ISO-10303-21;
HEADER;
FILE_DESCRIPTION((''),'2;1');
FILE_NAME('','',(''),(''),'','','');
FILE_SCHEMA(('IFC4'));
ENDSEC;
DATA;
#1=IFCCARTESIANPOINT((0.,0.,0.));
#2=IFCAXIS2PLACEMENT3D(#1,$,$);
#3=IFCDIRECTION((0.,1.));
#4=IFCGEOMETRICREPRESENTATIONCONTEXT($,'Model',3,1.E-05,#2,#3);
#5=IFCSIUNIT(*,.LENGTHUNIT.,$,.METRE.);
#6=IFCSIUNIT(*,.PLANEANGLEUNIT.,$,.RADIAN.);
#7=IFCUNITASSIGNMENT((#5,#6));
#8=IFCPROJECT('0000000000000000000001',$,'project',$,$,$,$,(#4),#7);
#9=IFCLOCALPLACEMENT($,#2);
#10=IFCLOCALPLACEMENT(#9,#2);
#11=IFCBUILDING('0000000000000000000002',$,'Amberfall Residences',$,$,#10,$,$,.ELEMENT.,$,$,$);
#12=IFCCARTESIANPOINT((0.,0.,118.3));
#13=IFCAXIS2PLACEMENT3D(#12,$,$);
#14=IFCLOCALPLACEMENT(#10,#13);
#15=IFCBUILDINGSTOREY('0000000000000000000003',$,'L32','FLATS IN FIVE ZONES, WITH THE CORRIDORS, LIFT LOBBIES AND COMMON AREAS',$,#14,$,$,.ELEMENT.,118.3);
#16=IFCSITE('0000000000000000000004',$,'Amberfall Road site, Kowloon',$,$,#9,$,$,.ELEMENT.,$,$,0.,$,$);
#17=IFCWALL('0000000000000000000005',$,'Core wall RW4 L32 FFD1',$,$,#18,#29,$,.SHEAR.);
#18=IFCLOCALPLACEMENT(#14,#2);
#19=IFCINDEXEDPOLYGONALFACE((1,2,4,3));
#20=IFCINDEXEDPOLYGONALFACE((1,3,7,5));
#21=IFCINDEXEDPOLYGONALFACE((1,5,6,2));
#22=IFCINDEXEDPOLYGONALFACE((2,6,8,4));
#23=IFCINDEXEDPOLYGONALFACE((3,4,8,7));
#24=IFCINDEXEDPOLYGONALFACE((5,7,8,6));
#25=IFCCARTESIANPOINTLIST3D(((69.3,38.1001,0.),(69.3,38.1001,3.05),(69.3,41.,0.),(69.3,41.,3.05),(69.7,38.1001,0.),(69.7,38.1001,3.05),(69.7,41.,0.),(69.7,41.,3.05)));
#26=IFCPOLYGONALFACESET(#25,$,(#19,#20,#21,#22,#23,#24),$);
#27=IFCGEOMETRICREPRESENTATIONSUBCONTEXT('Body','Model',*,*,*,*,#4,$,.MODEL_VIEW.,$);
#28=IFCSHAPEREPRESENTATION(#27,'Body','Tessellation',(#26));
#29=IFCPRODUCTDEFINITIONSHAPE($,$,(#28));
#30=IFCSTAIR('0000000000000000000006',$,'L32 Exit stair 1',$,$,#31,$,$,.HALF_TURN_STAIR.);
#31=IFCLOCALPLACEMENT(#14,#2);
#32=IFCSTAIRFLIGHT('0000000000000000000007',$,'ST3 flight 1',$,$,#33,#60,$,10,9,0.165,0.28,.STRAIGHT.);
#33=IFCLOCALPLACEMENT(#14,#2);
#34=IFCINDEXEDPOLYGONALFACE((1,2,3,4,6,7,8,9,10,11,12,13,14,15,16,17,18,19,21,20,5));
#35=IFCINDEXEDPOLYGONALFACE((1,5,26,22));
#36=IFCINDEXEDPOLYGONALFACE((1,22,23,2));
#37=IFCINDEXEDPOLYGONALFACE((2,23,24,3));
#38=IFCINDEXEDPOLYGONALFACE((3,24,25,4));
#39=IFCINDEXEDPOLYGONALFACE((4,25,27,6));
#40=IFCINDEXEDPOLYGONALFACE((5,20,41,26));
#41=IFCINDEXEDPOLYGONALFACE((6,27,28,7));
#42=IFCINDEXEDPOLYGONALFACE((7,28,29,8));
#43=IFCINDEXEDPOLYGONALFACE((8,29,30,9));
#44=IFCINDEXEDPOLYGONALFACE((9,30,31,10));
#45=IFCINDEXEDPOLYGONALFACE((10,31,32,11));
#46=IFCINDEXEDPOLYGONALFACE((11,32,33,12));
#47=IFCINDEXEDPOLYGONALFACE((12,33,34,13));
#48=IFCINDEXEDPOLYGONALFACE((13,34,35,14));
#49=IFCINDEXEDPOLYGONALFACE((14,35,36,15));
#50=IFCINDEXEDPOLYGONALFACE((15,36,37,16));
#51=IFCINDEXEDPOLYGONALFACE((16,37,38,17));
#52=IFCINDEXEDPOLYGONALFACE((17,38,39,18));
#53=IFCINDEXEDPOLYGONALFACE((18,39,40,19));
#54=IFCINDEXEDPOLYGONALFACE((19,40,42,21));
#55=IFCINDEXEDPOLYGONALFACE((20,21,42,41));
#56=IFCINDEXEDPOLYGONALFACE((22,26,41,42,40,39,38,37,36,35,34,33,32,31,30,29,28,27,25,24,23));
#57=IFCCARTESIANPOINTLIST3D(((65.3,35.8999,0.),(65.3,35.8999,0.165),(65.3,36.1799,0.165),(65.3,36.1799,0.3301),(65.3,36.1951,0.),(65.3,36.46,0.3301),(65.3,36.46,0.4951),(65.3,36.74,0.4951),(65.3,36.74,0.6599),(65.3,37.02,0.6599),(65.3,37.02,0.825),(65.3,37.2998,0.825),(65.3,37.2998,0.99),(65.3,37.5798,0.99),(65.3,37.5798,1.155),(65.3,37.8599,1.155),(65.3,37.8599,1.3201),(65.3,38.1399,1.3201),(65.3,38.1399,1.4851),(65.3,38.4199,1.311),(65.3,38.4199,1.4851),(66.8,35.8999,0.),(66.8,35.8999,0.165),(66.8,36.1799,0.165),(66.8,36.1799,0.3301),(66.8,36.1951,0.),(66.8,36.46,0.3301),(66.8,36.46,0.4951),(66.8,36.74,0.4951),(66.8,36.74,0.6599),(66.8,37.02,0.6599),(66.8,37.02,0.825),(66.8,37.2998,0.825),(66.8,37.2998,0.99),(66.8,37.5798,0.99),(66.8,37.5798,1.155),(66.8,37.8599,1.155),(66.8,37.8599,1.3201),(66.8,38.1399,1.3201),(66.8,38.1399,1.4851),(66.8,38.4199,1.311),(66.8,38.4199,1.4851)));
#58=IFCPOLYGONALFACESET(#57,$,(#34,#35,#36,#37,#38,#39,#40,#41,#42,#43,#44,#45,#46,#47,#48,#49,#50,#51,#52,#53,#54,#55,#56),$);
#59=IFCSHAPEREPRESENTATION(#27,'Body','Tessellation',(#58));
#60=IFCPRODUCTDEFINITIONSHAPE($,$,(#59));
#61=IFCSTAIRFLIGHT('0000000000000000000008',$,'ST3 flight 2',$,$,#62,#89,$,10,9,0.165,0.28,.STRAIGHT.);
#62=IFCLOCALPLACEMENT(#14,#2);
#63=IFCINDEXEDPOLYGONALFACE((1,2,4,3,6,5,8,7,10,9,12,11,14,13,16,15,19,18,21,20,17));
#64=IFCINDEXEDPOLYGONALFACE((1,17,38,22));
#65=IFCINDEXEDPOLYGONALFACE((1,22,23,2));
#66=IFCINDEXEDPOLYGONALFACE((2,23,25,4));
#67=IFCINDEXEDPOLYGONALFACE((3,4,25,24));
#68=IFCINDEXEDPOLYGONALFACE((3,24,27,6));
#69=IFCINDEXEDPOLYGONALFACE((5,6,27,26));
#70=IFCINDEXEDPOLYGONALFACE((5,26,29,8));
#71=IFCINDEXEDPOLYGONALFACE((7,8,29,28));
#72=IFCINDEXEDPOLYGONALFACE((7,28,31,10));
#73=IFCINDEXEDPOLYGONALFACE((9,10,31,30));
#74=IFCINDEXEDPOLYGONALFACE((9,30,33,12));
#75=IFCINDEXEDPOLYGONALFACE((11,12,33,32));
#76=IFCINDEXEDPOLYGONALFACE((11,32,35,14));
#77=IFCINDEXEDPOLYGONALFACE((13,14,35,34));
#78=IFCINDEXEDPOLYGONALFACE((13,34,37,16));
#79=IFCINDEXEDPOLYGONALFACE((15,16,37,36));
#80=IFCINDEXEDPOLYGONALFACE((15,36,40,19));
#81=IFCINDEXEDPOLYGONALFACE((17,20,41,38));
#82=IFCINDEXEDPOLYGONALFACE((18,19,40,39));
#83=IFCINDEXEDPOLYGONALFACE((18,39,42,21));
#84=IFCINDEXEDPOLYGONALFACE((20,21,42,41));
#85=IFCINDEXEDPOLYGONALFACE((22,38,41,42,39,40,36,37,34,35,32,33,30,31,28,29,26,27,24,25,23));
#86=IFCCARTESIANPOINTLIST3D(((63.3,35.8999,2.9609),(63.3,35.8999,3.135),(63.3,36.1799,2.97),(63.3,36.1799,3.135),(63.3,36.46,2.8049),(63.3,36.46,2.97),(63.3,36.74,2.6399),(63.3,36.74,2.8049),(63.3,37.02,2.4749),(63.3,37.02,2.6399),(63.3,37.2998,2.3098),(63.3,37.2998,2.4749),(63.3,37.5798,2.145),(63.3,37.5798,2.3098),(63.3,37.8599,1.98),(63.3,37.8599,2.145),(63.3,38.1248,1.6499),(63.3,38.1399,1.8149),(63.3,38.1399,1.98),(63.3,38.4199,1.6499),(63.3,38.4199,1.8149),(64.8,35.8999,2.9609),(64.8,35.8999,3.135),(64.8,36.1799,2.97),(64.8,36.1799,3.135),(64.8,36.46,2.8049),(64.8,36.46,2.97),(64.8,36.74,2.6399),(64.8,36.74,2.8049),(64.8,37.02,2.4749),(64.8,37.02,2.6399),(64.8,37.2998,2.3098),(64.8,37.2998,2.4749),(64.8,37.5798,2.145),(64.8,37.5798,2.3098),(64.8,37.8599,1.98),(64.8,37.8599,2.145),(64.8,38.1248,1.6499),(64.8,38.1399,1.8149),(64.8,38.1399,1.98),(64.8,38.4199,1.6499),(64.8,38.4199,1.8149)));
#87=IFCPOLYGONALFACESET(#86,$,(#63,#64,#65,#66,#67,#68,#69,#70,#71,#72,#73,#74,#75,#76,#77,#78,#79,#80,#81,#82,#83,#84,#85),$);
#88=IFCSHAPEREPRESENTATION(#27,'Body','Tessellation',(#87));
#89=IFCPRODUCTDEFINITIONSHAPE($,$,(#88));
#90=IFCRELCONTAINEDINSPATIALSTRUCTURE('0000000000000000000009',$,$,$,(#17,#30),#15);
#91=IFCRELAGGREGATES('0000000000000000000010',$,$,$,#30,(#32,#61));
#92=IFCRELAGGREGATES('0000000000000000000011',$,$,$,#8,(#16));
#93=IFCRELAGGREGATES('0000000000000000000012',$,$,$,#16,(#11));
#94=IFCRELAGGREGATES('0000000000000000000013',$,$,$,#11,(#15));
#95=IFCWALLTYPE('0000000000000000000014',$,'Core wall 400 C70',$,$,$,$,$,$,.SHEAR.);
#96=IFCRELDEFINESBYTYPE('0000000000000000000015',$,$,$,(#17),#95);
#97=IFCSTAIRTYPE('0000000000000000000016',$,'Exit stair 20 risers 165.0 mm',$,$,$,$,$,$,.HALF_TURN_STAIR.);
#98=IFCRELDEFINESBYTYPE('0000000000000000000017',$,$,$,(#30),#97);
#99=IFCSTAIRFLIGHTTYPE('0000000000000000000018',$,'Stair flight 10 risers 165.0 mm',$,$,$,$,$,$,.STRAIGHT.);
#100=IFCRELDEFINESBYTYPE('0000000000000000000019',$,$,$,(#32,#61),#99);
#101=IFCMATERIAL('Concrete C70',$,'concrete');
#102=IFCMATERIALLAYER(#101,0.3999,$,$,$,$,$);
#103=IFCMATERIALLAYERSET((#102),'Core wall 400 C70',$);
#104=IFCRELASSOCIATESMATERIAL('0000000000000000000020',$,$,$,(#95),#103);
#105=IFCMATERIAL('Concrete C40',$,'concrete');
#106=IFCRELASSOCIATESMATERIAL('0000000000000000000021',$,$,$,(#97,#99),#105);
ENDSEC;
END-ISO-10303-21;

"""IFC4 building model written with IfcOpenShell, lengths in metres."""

from ifc_helpers import new_model, si_unit, direction, frame, frame_2d, origin, place, context, subcontext, project, spatial, polyline, rectangle, outline, extrude, material, layer, layer_set, type_object, element, aggregate, save


model = new_model("IFC4")

# Units and contexts
model_context = context("Model", 3, precision=1e-05, world=origin(), true_north=direction((0.0, 1.0)))
body_context = subcontext(model_context, "Body", "Model", "MODEL_VIEW")
ifc_project = project(units=[si_unit("LENGTHUNIT", "METRE"), si_unit("PLANEANGLEUNIT", "RADIAN")], contexts=[model_context])

# Site, building, storey
site_placement = place(None, origin())
site = spatial("IfcSite", under=ifc_project, at=site_placement, Name="Amberfall Road site, Kowloon", CompositionType="ELEMENT", RefElevation=0.0)
building_placement = place(site_placement, origin())
building = spatial("IfcBuilding", under=site, at=building_placement, Name="Amberfall Residences", CompositionType="ELEMENT")
storey_placement = place(building_placement, frame((0.0, 0.0, 118.3)))
storey = spatial("IfcBuildingStorey", under=building, at=storey_placement, Name="L32", Description="FLATS IN FIVE ZONES, WITH THE CORRIDORS, LIFT LOBBIES AND COMMON AREAS", CompositionType="ELEMENT", Elevation=118.3)

# Shared definitions
ifc_material_1 = material(Name="Concrete C70", Category="concrete")
ifc_layer = layer(ifc_material_1, 0.3999)
ifc_layer_set = layer_set([ifc_layer], Name="Core wall 400 C70")
wall_type = type_object("IfcWallType", Name="Core wall 400 C70", PredefinedType="SHEAR", material=ifc_layer_set)

# Wall
wall_1_placement = place(storey_placement, frame((69.5, 38.1001, 0.0), z_axis=(0.0, 0.0, 1.0), x_axis=(0.0, 1.0, 0.0)))
element("IfcWall", 1, at=wall_1_placement, inside=storey, type_object=wall_type, Name="Core wall RW4 L32 FFD1", PredefinedType="SHEAR", context=body_context, shape_type="SweptSolid", body=[
    extrude(rectangle(XDim=2.8999, YDim=0.3999, at=frame_2d((1.45, 0.0))), origin(), (0.0, 0.0, 1.0), 3.05),
])

# Stair, stair flights
ifc_material_2 = material(Name="Concrete C40", Category="concrete")
stair_type = type_object("IfcStairType", Name="Exit stair 20 risers 165.0 mm", PredefinedType="HALF_TURN_STAIR", material=ifc_material_2)
stair_placement = place(storey_placement, origin())
stair = element("IfcStair", 2, at=stair_placement, inside=storey, type_object=stair_type, Name="L32 Exit stair 1", PredefinedType="HALF_TURN_STAIR")
stair_flight_type = type_object("IfcStairFlightType", Name="Stair flight 10 risers 165.0 mm", PredefinedType="STRAIGHT", material=ifc_material_2)
stair_flight_1_placement = place(storey_placement, frame((66.05, 35.8999, 0.0), z_axis=(0.0, 0.0, 1.0), x_axis=(0.0, 1.0, 0.0)))
stair_flight_1 = element("IfcStairFlight", 3, at=stair_flight_1_placement, type_object=stair_flight_type, Name="ST3 flight 1", NumberOfRisers=10, NumberOfTreads=9, PredefinedType="STRAIGHT", RiserHeight=0.165, TreadLength=0.28, context=body_context, shape_type="SweptSolid", body=[
    extrude(outline(polyline([(0.0, 0.0), (0.0, 0.165), (0.28, 0.165), (0.28, 0.3301), (0.5601, 0.3301), (0.5601, 0.4951), (0.8401, 0.4951), (0.8401, 0.6599), (1.1201, 0.6599), (1.1201, 0.825), (1.3999, 0.825), (1.3999, 0.99), (1.6799, 0.99), (1.6799, 1.155), (1.96, 1.155), (1.96, 1.3201), (2.24, 1.3201), (2.24, 1.4851), (2.52, 1.4851), (2.52, 1.6499), (2.52, 1.311), (0.2952, 0.0), (0.0, 0.0)])), frame((0.0, 0.75, 0.0), z_axis=(0.0, -1.0, 0.0), x_axis=(1.0, 0.0, 0.0)), (0.0, 0.0, 1.0), 1.5),
])
stair_flight_2_placement = place(storey_placement, frame((64.05, 38.4199, 1.6499), z_axis=(0.0, 0.0, 1.0), x_axis=(0.0, -1.0, 0.0)))
stair_flight_2 = element("IfcStairFlight", 4, at=stair_flight_2_placement, type_object=stair_flight_type, Name="ST3 flight 2", NumberOfRisers=10, NumberOfTreads=9, PredefinedType="STRAIGHT", RiserHeight=0.165, TreadLength=0.28, context=body_context, shape_type="SweptSolid", body=[
    extrude(outline(polyline([(0.0, 0.0), (0.0, 0.165), (0.28, 0.165), (0.28, 0.3301), (0.5601, 0.3301), (0.5601, 0.4951), (0.8401, 0.4951), (0.8401, 0.6599), (1.1201, 0.6599), (1.1201, 0.825), (1.3999, 0.825), (1.3999, 0.99), (1.6799, 0.99), (1.6799, 1.155), (1.96, 1.155), (1.96, 1.3201), (2.24, 1.3201), (2.24, 1.4851), (2.52, 1.4851), (2.52, 1.6499), (2.52, 1.311), (0.2952, 0.0), (0.0, 0.0)])), frame((0.0, 0.75, 0.0), z_axis=(0.0, -1.0, 0.0), x_axis=(1.0, 0.0, 0.0)), (0.0, 0.0, 1.0), 1.5),
])
aggregate(stair, [stair_flight_1, stair_flight_2])

save(model, "model.ifc")
